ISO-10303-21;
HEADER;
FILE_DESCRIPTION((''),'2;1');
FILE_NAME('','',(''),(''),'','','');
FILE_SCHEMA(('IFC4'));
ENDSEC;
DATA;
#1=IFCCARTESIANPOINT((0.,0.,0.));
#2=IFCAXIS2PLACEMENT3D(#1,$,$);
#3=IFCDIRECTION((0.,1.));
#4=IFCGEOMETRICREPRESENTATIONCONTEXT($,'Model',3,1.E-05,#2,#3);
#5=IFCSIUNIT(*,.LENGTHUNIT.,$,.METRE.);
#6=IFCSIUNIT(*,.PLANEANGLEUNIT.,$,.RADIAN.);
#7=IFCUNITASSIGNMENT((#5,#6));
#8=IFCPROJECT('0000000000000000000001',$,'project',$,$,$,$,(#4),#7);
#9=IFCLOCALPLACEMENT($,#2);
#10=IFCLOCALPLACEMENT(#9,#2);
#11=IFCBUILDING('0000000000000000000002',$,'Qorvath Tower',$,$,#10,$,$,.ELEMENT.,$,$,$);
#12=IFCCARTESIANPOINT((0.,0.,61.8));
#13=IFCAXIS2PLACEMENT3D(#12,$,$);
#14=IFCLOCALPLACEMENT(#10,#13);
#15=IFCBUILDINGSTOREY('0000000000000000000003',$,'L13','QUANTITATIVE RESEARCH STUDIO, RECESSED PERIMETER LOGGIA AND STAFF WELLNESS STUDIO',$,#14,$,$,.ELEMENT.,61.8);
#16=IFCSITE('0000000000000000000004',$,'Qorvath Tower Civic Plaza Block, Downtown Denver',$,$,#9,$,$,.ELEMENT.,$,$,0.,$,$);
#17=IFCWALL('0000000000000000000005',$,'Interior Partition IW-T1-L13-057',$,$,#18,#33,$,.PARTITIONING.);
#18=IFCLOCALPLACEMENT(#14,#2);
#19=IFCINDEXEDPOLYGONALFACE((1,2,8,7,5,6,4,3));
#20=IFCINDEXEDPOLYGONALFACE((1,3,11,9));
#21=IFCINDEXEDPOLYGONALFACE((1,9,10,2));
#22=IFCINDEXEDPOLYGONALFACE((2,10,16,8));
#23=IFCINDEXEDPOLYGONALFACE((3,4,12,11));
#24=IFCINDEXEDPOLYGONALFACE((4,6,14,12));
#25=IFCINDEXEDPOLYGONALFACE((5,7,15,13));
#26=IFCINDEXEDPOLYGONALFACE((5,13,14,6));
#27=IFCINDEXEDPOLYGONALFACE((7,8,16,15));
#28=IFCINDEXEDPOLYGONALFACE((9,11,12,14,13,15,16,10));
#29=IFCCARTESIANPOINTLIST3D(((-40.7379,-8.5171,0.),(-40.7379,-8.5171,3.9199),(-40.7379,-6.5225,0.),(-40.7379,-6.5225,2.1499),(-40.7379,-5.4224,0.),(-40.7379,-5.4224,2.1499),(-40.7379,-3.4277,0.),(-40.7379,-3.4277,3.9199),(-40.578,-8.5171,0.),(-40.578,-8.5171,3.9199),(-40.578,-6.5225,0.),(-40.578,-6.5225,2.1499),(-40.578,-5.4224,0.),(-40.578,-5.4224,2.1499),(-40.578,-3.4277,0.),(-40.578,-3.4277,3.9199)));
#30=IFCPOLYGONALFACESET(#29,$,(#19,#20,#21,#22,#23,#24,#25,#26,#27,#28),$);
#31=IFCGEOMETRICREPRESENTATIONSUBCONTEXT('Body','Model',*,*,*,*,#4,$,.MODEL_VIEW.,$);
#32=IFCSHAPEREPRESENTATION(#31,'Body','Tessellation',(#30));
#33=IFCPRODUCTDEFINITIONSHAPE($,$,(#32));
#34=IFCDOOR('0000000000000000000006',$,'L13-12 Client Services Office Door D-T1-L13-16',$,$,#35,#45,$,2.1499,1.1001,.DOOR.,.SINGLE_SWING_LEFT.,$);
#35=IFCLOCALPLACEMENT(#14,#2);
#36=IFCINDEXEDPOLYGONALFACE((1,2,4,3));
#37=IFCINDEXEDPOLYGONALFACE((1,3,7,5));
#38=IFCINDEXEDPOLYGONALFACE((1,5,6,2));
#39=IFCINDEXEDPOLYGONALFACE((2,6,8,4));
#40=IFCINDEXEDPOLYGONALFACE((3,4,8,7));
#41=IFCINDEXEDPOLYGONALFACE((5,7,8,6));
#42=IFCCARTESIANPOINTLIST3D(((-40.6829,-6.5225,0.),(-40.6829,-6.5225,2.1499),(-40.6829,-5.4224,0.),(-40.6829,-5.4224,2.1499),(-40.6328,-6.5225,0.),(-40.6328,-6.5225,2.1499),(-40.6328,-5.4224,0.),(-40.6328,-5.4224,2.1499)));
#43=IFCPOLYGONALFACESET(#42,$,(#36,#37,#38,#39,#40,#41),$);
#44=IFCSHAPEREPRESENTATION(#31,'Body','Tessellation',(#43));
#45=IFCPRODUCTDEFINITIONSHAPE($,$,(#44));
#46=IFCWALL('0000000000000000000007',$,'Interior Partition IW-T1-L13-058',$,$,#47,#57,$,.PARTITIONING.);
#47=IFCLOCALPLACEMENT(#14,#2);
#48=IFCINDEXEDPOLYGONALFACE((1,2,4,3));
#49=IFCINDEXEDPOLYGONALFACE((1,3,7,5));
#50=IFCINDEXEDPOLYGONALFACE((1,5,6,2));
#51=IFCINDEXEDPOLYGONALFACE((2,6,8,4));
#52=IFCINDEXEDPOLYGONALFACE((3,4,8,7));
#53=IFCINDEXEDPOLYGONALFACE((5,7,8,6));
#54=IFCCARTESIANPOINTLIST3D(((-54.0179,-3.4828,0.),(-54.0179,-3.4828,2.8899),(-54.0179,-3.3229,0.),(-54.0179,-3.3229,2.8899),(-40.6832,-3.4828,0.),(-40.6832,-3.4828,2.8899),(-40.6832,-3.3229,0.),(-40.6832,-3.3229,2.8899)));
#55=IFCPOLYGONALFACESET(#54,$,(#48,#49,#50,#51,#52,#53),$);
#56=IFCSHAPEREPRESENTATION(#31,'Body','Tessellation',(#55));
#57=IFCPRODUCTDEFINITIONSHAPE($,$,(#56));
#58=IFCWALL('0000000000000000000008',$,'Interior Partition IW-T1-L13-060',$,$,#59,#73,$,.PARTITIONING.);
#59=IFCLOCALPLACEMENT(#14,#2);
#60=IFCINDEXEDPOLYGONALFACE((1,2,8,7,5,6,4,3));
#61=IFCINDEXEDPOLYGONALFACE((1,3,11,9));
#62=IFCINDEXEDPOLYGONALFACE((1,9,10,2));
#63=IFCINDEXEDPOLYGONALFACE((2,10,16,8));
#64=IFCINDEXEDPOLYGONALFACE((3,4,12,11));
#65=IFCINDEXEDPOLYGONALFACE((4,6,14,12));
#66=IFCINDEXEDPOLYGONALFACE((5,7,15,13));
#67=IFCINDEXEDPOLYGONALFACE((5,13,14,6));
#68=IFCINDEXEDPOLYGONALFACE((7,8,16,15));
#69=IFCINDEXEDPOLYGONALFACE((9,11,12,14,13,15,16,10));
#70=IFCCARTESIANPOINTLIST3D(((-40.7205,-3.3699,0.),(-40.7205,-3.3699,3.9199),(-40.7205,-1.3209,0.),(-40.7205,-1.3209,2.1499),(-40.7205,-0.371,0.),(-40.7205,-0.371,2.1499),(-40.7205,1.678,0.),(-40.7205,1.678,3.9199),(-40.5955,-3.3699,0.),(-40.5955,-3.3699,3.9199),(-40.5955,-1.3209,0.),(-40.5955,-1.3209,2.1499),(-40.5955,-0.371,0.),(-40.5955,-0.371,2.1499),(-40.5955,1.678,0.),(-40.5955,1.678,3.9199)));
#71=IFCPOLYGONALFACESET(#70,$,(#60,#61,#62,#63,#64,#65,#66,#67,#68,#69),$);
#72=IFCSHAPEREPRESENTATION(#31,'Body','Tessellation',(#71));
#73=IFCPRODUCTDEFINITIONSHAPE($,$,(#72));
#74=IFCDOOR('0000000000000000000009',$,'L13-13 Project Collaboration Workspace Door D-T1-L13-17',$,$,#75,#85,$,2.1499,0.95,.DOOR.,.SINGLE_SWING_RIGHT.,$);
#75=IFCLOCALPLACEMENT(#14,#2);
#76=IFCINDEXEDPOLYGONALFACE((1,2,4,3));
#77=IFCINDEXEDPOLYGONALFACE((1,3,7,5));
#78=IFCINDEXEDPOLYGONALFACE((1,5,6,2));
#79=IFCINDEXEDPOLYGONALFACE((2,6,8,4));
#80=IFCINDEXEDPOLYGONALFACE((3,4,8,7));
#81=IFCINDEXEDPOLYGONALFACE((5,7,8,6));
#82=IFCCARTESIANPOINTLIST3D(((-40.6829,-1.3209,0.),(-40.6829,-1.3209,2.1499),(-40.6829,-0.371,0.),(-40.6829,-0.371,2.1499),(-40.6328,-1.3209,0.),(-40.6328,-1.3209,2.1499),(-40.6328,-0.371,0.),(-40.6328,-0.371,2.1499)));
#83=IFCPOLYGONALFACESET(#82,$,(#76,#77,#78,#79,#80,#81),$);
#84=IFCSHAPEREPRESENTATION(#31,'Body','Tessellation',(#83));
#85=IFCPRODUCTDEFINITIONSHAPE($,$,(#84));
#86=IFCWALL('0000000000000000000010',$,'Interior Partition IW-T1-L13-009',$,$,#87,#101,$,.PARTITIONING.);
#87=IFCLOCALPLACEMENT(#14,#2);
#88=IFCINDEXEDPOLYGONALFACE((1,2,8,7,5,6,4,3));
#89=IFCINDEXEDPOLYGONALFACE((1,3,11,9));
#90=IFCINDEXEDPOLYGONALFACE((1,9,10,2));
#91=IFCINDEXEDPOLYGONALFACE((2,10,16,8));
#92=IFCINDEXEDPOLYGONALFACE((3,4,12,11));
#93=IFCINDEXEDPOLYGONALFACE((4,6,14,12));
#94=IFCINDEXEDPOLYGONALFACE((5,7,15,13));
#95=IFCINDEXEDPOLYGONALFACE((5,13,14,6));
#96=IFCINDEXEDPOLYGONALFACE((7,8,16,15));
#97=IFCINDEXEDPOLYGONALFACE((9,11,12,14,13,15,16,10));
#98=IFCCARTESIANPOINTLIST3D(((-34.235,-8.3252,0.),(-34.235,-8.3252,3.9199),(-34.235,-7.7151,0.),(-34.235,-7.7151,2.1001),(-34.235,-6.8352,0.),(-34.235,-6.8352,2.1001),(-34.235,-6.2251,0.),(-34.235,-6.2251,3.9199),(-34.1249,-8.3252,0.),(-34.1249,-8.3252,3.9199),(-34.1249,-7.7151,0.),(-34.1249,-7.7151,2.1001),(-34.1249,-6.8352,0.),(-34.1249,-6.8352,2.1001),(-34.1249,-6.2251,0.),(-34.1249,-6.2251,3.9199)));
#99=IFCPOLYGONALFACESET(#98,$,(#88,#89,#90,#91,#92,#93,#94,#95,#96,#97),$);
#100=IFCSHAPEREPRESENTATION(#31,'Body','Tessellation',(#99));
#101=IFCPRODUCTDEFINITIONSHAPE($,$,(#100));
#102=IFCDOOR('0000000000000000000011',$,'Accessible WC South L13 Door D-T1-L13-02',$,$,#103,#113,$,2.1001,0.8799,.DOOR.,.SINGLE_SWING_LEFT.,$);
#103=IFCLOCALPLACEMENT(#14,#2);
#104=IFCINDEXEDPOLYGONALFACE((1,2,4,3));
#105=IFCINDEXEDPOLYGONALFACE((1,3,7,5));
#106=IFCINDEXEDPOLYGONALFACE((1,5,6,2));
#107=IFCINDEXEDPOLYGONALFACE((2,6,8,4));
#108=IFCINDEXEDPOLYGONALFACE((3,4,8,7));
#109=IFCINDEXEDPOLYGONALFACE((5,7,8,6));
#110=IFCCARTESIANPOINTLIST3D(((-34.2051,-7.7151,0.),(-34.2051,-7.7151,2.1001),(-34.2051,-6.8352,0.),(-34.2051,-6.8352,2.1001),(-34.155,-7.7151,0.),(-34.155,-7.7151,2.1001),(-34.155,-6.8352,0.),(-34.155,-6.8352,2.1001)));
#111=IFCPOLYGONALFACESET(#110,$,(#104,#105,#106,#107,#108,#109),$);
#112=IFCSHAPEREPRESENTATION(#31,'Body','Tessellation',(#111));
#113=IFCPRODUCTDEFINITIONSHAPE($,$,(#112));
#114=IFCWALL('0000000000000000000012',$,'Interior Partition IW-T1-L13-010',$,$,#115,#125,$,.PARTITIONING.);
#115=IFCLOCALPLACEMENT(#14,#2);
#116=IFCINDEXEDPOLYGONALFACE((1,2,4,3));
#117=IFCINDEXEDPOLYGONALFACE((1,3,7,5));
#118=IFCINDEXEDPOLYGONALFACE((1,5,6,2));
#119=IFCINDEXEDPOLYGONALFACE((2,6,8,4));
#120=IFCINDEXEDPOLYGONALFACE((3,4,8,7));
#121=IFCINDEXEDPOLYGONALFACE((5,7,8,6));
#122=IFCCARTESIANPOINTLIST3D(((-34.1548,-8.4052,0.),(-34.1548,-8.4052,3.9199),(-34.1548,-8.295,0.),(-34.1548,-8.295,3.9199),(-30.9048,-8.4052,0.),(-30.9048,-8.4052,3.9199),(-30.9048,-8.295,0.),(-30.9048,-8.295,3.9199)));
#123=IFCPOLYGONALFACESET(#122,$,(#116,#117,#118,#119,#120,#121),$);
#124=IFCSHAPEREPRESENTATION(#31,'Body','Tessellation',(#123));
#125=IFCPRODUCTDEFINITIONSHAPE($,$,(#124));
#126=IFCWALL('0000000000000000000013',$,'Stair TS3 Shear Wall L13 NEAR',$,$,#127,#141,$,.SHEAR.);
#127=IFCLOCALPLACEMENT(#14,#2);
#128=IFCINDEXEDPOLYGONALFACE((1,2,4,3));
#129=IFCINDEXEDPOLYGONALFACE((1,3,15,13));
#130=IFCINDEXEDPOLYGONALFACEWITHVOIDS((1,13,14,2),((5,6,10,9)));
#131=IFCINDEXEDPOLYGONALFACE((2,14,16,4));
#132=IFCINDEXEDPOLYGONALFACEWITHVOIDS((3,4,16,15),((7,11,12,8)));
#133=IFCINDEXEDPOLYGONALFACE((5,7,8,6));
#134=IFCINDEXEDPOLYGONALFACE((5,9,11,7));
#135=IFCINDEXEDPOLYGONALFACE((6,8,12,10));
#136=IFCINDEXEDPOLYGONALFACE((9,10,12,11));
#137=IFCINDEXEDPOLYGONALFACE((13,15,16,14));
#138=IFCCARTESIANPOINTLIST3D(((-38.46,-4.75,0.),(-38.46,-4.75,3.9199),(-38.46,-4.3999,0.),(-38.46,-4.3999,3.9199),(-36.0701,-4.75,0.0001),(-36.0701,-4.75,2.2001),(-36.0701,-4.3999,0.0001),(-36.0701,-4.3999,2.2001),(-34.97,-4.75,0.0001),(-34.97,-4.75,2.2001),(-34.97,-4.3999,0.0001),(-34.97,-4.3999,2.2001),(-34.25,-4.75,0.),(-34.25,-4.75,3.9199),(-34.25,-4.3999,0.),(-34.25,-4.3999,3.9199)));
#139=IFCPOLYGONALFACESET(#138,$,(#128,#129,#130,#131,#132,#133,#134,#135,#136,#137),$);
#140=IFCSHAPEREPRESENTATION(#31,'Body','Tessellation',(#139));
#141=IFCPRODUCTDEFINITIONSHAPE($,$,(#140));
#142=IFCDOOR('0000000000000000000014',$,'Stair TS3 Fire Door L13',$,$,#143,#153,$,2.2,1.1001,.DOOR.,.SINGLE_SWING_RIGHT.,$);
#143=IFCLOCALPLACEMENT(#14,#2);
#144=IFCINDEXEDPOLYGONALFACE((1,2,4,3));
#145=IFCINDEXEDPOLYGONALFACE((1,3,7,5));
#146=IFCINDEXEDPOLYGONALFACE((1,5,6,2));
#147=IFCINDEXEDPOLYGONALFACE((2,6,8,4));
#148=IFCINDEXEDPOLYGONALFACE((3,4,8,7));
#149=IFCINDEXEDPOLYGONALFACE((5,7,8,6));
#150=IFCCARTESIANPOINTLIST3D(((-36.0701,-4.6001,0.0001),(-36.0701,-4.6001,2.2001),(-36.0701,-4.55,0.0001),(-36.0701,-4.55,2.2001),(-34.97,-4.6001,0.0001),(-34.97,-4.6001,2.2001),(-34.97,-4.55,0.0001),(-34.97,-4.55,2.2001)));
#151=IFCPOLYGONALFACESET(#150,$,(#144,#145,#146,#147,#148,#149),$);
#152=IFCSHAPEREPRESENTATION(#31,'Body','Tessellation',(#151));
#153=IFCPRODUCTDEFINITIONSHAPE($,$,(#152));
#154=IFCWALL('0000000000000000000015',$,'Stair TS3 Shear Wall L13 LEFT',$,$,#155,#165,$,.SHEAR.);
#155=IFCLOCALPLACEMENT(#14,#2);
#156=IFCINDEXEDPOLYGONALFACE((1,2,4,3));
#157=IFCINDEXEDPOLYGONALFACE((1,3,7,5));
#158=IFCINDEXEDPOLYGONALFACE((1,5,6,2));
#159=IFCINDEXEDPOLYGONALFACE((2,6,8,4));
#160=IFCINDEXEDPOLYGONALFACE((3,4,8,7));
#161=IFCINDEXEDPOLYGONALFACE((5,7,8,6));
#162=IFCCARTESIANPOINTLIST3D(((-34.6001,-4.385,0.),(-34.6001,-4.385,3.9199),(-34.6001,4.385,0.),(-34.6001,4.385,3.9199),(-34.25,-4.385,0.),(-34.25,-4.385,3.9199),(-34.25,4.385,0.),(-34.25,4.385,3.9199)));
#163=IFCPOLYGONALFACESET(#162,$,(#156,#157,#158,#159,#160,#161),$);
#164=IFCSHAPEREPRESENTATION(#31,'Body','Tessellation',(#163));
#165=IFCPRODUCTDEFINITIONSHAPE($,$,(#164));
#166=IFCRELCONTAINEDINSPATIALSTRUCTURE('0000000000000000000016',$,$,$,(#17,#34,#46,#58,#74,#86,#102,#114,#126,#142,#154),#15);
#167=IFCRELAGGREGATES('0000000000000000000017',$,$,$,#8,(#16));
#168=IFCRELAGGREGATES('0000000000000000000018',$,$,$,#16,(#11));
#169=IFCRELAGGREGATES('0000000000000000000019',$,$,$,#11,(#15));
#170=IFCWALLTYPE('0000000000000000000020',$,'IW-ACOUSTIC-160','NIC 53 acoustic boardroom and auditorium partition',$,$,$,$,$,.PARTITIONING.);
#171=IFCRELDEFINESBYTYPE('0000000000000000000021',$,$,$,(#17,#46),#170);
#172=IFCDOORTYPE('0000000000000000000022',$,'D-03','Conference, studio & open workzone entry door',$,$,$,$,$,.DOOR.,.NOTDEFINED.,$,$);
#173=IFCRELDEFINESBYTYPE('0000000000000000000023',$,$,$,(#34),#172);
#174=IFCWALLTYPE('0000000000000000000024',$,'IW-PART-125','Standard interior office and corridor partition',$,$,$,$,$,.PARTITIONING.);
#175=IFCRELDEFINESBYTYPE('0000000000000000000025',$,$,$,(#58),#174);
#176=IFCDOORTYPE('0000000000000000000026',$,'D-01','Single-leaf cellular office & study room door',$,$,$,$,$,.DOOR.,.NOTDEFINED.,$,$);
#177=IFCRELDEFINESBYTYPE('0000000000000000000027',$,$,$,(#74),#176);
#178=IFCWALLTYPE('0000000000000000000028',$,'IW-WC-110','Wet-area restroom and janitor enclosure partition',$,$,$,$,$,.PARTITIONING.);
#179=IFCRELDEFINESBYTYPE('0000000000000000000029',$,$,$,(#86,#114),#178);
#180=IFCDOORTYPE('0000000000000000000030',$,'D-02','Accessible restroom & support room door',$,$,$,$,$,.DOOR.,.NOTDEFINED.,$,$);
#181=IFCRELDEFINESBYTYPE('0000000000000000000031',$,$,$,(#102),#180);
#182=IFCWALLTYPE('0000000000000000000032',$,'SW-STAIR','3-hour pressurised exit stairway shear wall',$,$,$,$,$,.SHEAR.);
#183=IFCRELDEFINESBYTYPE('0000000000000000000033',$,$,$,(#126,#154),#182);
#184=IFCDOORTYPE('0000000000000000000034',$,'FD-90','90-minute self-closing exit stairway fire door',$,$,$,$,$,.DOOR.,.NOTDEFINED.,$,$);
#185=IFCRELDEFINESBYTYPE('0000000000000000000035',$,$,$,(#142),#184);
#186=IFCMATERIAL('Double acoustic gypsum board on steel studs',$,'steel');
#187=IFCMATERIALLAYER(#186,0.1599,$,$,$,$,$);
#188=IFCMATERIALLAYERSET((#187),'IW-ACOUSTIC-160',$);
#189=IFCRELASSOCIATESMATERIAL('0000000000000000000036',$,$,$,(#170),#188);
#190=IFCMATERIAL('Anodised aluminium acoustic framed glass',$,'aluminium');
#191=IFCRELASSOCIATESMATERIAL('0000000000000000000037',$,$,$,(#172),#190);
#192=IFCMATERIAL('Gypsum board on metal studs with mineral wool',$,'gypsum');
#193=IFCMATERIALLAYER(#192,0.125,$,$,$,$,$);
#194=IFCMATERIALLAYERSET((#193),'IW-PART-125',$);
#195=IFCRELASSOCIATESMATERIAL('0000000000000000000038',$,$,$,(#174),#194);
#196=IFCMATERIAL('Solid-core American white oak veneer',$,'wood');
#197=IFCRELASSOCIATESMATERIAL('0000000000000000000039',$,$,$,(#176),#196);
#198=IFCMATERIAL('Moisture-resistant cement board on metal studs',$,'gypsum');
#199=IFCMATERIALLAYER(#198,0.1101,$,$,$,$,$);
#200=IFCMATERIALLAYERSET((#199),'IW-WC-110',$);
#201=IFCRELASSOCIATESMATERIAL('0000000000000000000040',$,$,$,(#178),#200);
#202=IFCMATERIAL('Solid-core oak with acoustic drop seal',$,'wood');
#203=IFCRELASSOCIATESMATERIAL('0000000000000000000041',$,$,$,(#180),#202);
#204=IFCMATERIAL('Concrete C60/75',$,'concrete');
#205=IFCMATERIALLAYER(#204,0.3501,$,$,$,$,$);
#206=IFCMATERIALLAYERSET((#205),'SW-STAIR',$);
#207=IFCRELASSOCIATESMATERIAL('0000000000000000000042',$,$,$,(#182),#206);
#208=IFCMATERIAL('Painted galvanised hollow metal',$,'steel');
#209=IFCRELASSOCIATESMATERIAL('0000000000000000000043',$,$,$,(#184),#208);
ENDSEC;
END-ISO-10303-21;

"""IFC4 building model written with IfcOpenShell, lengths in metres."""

from ifc_helpers import new_model, si_unit, direction, frame, frame_2d, origin, place, context, subcontext, project, spatial, rectangle, extrude, material, layer, layer_set, type_object, element, fill, save


model = new_model("IFC4")

# Units and contexts
model_context = context("Model", 3, precision=1e-05, world=origin(), true_north=direction((0.0, 1.0)))
body_context = subcontext(model_context, "Body", "Model", "MODEL_VIEW")
ifc_project = project(units=[si_unit("LENGTHUNIT", "METRE"), si_unit("PLANEANGLEUNIT", "RADIAN")], contexts=[model_context])

# Site, building, storey
site_placement = place(None, origin())
site = spatial("IfcSite", under=ifc_project, at=site_placement, Name="Qorvath Tower Civic Plaza Block, Downtown Denver", CompositionType="ELEMENT", RefElevation=0.0)
building_placement = place(site_placement, origin())
building = spatial("IfcBuilding", under=site, at=building_placement, Name="Qorvath Tower", CompositionType="ELEMENT")
storey_placement = place(building_placement, frame((0.0, 0.0, 61.8)))
storey = spatial("IfcBuildingStorey", under=building, at=storey_placement, Name="L13", Description="QUANTITATIVE RESEARCH STUDIO, RECESSED PERIMETER LOGGIA AND STAFF WELLNESS STUDIO", CompositionType="ELEMENT", Elevation=61.8)

# Shared definitions
ifc_material_1 = material(Name="Double acoustic gypsum board on steel studs", Category="steel")
ifc_layer_1 = layer(ifc_material_1, 0.1599)
ifc_layer_set_1 = layer_set([ifc_layer_1], Name="IW-ACOUSTIC-160")
wall_type_1 = type_object("IfcWallType", Name="IW-ACOUSTIC-160", Description="NIC 53 acoustic boardroom and auditorium partition", PredefinedType="PARTITIONING", material=ifc_layer_set_1)

# Wall, opening, door
wall_1_placement = place(storey_placement, frame((-40.658, -8.5171, 0.0), z_axis=(0.0, 0.0, 1.0), x_axis=(0.0, 1.0, 0.0)))
wall_1 = element("IfcWall", 1, at=wall_1_placement, inside=storey, type_object=wall_type_1, Name="Interior Partition IW-T1-L13-057", PredefinedType="PARTITIONING", context=body_context, shape_type="SweptSolid", body=[
    extrude(rectangle(XDim=5.0894, YDim=0.1599, at=frame_2d((2.5447, 0.0))), origin(), (0.0, 0.0, 1.0), 3.9199),
])
opening_1_placement = place(wall_1_placement, frame((1.9946, 0.0, 0.0)))
opening_1 = element("IfcOpeningElement", 2, at=opening_1_placement, cuts=wall_1, PredefinedType="OPENING", context=body_context, shape_type="SweptSolid", body=[
    extrude(rectangle(XDim=1.1001, YDim=2.1499, at=frame_2d((0.55, 1.075))), frame((0.0, 0.0898, 0.0), z_axis=(0.0, -1.0, 0.0), x_axis=(1.0, 0.0, 0.0)), (0.0, 0.0, 1.0), 0.1799),
])
ifc_material_2 = material(Name="Anodised aluminium acoustic framed glass", Category="aluminium")
door_type_1 = type_object("IfcDoorType", Name="D-03", Description="Conference, studio & open workzone entry door", OperationType="NOTDEFINED", PredefinedType="DOOR", material=ifc_material_2)
door_1_placement = place(opening_1_placement, origin())
door_1 = element("IfcDoor", 3, at=door_1_placement, inside=storey, type_object=door_type_1, Name="L13-12 Client Services Office Door D-T1-L13-16", OperationType="SINGLE_SWING_LEFT", OverallHeight=2.1499, OverallWidth=1.1001, PredefinedType="DOOR", context=body_context, shape_type="SweptSolid", body=[
    extrude(rectangle(XDim=1.1001, YDim=2.1499, at=frame_2d((0.55, 1.075))), frame((0.0, 0.0249, 0.0), z_axis=(0.0, -1.0, 0.0), x_axis=(1.0, 0.0, 0.0)), (0.0, 0.0, 1.0), 0.05),
])
fill(opening_1, door_1)

# Wall
wall_2_placement = place(storey_placement, frame((-40.6831, -3.4028, 0.0), z_axis=(0.0, 0.0, 1.0), x_axis=(-1.0, 0.0, 0.0)))
element("IfcWall", 4, at=wall_2_placement, inside=storey, type_object=wall_type_1, Name="Interior Partition IW-T1-L13-058", PredefinedType="PARTITIONING", context=body_context, shape_type="SweptSolid", body=[
    extrude(rectangle(XDim=13.3347, YDim=0.1599, at=frame_2d((6.6675, 0.0))), origin(), (0.0, 0.0, 1.0), 2.8899),
])

# Walls, openings, doors
ifc_material_3 = material(Name="Gypsum board on metal studs with mineral wool", Category="gypsum")
ifc_layer_2 = layer(ifc_material_3, 0.125)
ifc_layer_set_2 = layer_set([ifc_layer_2], Name="IW-PART-125")
wall_type_2 = type_object("IfcWallType", Name="IW-PART-125", Description="Standard interior office and corridor partition", PredefinedType="PARTITIONING", material=ifc_layer_set_2)
wall_3_placement = place(storey_placement, frame((-40.658, -3.3699, 0.0), z_axis=(0.0, 0.0, 1.0), x_axis=(0.0, 1.0, 0.0)))
wall_3 = element("IfcWall", 5, at=wall_3_placement, inside=storey, type_object=wall_type_2, Name="Interior Partition IW-T1-L13-060", PredefinedType="PARTITIONING", context=body_context, shape_type="SweptSolid", body=[
    extrude(rectangle(XDim=5.0479, YDim=0.125, at=frame_2d((2.5239, 0.0))), origin(), (0.0, 0.0, 1.0), 3.9199),
])
opening_2_placement = place(wall_3_placement, frame((2.0488, 0.0, 0.0)))
opening_2 = element("IfcOpeningElement", 6, at=opening_2_placement, cuts=wall_3, PredefinedType="OPENING", context=body_context, shape_type="SweptSolid", body=[
    extrude(rectangle(XDim=0.95, YDim=2.1499, at=frame_2d((0.4751, 1.075))), frame((0.0, 0.0725, 0.0), z_axis=(0.0, -1.0, 0.0), x_axis=(1.0, 0.0, 0.0)), (0.0, 0.0, 1.0), 0.145),
])
ifc_material_4 = material(Name="Solid-core American white oak veneer", Category="wood")
door_type_2 = type_object("IfcDoorType", Name="D-01", Description="Single-leaf cellular office & study room door", OperationType="NOTDEFINED", PredefinedType="DOOR", material=ifc_material_4)
door_2_placement = place(opening_2_placement, origin())
door_2 = element("IfcDoor", 7, at=door_2_placement, inside=storey, type_object=door_type_2, Name="L13-13 Project Collaboration Workspace Door D-T1-L13-17", OperationType="SINGLE_SWING_RIGHT", OverallHeight=2.1499, OverallWidth=0.95, PredefinedType="DOOR", context=body_context, shape_type="SweptSolid", body=[
    extrude(rectangle(XDim=0.95, YDim=2.1499, at=frame_2d((0.4751, 1.075))), frame((0.0, 0.0249, 0.0), z_axis=(0.0, -1.0, 0.0), x_axis=(1.0, 0.0, 0.0)), (0.0, 0.0, 1.0), 0.05),
])
fill(opening_2, door_2)
ifc_material_5 = material(Name="Moisture-resistant cement board on metal studs", Category="gypsum")
ifc_layer_3 = layer(ifc_material_5, 0.1101)
ifc_layer_set_3 = layer_set([ifc_layer_3], Name="IW-WC-110")
wall_type_3 = type_object("IfcWallType", Name="IW-WC-110", Description="Wet-area restroom and janitor enclosure partition", PredefinedType="PARTITIONING", material=ifc_layer_set_3)
wall_4_placement = place(storey_placement, frame((-34.1799, -6.2251, 0.0), z_axis=(0.0, 0.0, 1.0), x_axis=(0.0, -1.0, 0.0)))
wall_4 = element("IfcWall", 8, at=wall_4_placement, inside=storey, type_object=wall_type_3, Name="Interior Partition IW-T1-L13-009", PredefinedType="PARTITIONING", context=body_context, shape_type="SweptSolid", body=[
    extrude(rectangle(XDim=2.1001, YDim=0.1101, at=frame_2d((1.05, 0.0))), origin(), (0.0, 0.0, 1.0), 3.9199),
])
opening_3_placement = place(wall_4_placement, frame((0.6101, 0.0, 0.0)))
opening_3 = element("IfcOpeningElement", 9, at=opening_3_placement, cuts=wall_4, PredefinedType="OPENING", context=body_context, shape_type="SweptSolid", body=[
    extrude(rectangle(XDim=0.8799, YDim=2.1001, at=frame_2d((0.4399, 1.05))), frame((0.0, 0.0649, 0.0), z_axis=(0.0, -1.0, 0.0), x_axis=(1.0, 0.0, 0.0)), (0.0, 0.0, 1.0), 0.1301),
])
ifc_material_6 = material(Name="Solid-core oak with acoustic drop seal", Category="wood")
door_type_3 = type_object("IfcDoorType", Name="D-02", Description="Accessible restroom & support room door", OperationType="NOTDEFINED", PredefinedType="DOOR", material=ifc_material_6)
door_3_placement = place(opening_3_placement, origin())
door_3 = element("IfcDoor", 10, at=door_3_placement, inside=storey, type_object=door_type_3, Name="Accessible WC South L13 Door D-T1-L13-02", OperationType="SINGLE_SWING_LEFT", OverallHeight=2.1001, OverallWidth=0.8799, PredefinedType="DOOR", context=body_context, shape_type="SweptSolid", body=[
    extrude(rectangle(XDim=0.8799, YDim=2.1001, at=frame_2d((0.4399, 1.05))), frame((0.0, 0.0249, 0.0), z_axis=(0.0, -1.0, 0.0), x_axis=(1.0, 0.0, 0.0)), (0.0, 0.0, 1.0), 0.05),
])
fill(opening_3, door_3)

# Wall
wall_5_placement = place(storey_placement, frame((-34.1548, -8.3501, 0.0), z_axis=(0.0, 0.0, 1.0), x_axis=(1.0, 0.0, 0.0)))
element("IfcWall", 11, at=wall_5_placement, inside=storey, type_object=wall_type_3, Name="Interior Partition IW-T1-L13-010", PredefinedType="PARTITIONING", context=body_context, shape_type="SweptSolid", body=[
    extrude(rectangle(XDim=3.25, YDim=0.1101, at=frame_2d((1.625, 0.0))), origin(), (0.0, 0.0, 1.0), 3.9199),
])

# Wall, opening, door
ifc_material_7 = material(Name="Concrete C60/75", Category="concrete")
ifc_layer_4 = layer(ifc_material_7, 0.3501)
ifc_layer_set_4 = layer_set([ifc_layer_4], Name="SW-STAIR")
wall_type_4 = type_object("IfcWallType", Name="SW-STAIR", Description="3-hour pressurised exit stairway shear wall", PredefinedType="SHEAR", material=ifc_layer_set_4)
wall_6_placement = place(storey_placement, frame((-38.46, -4.575, 0.0), z_axis=(0.0, 0.0, 1.0), x_axis=(1.0, 0.0, 0.0)))
wall_6 = element("IfcWall", 12, at=wall_6_placement, inside=storey, type_object=wall_type_4, Name="Stair TS3 Shear Wall L13 NEAR", PredefinedType="SHEAR", context=body_context, shape_type="SweptSolid", body=[
    extrude(rectangle(XDim=4.21, YDim=0.3501, at=frame_2d((2.105, 0.0))), origin(), (0.0, 0.0, 1.0), 3.9199),
])
opening_4_placement = place(wall_6_placement, frame((2.3899, 0.0, 0.0)))
opening_4 = element("IfcOpeningElement", 13, at=opening_4_placement, cuts=wall_6, PredefinedType="OPENING", context=body_context, shape_type="SweptSolid", body=[
    extrude(rectangle(XDim=1.1001, YDim=2.2, at=frame_2d((0.55, 1.1001))), frame((0.0, 0.1851, 0.0), z_axis=(0.0, -1.0, 0.0), x_axis=(1.0, 0.0, 0.0)), (0.0, 0.0, 1.0), 0.3701),
])
ifc_material_8 = material(Name="Painted galvanised hollow metal", Category="steel")
door_type_4 = type_object("IfcDoorType", Name="FD-90", Description="90-minute self-closing exit stairway fire door", OperationType="NOTDEFINED", PredefinedType="DOOR", material=ifc_material_8)
door_4_placement = place(opening_4_placement, origin())
door_4 = element("IfcDoor", 14, at=door_4_placement, inside=storey, type_object=door_type_4, Name="Stair TS3 Fire Door L13", OperationType="SINGLE_SWING_RIGHT", OverallHeight=2.2, OverallWidth=1.1001, PredefinedType="DOOR", context=body_context, shape_type="SweptSolid", body=[
    extrude(rectangle(XDim=1.1001, YDim=2.2, at=frame_2d((0.55, 1.1001))), frame((0.0, 0.0249, 0.0), z_axis=(0.0, -1.0, 0.0), x_axis=(1.0, 0.0, 0.0)), (0.0, 0.0, 1.0), 0.05),
])
fill(opening_4, door_4)

# Wall
wall_7_placement = place(storey_placement, frame((-34.425, -4.385, 0.0), z_axis=(0.0, 0.0, 1.0), x_axis=(0.0, 1.0, 0.0)))
element("IfcWall", 15, at=wall_7_placement, inside=storey, type_object=wall_type_4, Name="Stair TS3 Shear Wall L13 LEFT", PredefinedType="SHEAR", context=body_context, shape_type="SweptSolid", body=[
    extrude(rectangle(XDim=8.77, YDim=0.3501, at=frame_2d((4.385, 0.0))), origin(), (0.0, 0.0, 1.0), 3.9199),
])

save(model, "model.ifc")
